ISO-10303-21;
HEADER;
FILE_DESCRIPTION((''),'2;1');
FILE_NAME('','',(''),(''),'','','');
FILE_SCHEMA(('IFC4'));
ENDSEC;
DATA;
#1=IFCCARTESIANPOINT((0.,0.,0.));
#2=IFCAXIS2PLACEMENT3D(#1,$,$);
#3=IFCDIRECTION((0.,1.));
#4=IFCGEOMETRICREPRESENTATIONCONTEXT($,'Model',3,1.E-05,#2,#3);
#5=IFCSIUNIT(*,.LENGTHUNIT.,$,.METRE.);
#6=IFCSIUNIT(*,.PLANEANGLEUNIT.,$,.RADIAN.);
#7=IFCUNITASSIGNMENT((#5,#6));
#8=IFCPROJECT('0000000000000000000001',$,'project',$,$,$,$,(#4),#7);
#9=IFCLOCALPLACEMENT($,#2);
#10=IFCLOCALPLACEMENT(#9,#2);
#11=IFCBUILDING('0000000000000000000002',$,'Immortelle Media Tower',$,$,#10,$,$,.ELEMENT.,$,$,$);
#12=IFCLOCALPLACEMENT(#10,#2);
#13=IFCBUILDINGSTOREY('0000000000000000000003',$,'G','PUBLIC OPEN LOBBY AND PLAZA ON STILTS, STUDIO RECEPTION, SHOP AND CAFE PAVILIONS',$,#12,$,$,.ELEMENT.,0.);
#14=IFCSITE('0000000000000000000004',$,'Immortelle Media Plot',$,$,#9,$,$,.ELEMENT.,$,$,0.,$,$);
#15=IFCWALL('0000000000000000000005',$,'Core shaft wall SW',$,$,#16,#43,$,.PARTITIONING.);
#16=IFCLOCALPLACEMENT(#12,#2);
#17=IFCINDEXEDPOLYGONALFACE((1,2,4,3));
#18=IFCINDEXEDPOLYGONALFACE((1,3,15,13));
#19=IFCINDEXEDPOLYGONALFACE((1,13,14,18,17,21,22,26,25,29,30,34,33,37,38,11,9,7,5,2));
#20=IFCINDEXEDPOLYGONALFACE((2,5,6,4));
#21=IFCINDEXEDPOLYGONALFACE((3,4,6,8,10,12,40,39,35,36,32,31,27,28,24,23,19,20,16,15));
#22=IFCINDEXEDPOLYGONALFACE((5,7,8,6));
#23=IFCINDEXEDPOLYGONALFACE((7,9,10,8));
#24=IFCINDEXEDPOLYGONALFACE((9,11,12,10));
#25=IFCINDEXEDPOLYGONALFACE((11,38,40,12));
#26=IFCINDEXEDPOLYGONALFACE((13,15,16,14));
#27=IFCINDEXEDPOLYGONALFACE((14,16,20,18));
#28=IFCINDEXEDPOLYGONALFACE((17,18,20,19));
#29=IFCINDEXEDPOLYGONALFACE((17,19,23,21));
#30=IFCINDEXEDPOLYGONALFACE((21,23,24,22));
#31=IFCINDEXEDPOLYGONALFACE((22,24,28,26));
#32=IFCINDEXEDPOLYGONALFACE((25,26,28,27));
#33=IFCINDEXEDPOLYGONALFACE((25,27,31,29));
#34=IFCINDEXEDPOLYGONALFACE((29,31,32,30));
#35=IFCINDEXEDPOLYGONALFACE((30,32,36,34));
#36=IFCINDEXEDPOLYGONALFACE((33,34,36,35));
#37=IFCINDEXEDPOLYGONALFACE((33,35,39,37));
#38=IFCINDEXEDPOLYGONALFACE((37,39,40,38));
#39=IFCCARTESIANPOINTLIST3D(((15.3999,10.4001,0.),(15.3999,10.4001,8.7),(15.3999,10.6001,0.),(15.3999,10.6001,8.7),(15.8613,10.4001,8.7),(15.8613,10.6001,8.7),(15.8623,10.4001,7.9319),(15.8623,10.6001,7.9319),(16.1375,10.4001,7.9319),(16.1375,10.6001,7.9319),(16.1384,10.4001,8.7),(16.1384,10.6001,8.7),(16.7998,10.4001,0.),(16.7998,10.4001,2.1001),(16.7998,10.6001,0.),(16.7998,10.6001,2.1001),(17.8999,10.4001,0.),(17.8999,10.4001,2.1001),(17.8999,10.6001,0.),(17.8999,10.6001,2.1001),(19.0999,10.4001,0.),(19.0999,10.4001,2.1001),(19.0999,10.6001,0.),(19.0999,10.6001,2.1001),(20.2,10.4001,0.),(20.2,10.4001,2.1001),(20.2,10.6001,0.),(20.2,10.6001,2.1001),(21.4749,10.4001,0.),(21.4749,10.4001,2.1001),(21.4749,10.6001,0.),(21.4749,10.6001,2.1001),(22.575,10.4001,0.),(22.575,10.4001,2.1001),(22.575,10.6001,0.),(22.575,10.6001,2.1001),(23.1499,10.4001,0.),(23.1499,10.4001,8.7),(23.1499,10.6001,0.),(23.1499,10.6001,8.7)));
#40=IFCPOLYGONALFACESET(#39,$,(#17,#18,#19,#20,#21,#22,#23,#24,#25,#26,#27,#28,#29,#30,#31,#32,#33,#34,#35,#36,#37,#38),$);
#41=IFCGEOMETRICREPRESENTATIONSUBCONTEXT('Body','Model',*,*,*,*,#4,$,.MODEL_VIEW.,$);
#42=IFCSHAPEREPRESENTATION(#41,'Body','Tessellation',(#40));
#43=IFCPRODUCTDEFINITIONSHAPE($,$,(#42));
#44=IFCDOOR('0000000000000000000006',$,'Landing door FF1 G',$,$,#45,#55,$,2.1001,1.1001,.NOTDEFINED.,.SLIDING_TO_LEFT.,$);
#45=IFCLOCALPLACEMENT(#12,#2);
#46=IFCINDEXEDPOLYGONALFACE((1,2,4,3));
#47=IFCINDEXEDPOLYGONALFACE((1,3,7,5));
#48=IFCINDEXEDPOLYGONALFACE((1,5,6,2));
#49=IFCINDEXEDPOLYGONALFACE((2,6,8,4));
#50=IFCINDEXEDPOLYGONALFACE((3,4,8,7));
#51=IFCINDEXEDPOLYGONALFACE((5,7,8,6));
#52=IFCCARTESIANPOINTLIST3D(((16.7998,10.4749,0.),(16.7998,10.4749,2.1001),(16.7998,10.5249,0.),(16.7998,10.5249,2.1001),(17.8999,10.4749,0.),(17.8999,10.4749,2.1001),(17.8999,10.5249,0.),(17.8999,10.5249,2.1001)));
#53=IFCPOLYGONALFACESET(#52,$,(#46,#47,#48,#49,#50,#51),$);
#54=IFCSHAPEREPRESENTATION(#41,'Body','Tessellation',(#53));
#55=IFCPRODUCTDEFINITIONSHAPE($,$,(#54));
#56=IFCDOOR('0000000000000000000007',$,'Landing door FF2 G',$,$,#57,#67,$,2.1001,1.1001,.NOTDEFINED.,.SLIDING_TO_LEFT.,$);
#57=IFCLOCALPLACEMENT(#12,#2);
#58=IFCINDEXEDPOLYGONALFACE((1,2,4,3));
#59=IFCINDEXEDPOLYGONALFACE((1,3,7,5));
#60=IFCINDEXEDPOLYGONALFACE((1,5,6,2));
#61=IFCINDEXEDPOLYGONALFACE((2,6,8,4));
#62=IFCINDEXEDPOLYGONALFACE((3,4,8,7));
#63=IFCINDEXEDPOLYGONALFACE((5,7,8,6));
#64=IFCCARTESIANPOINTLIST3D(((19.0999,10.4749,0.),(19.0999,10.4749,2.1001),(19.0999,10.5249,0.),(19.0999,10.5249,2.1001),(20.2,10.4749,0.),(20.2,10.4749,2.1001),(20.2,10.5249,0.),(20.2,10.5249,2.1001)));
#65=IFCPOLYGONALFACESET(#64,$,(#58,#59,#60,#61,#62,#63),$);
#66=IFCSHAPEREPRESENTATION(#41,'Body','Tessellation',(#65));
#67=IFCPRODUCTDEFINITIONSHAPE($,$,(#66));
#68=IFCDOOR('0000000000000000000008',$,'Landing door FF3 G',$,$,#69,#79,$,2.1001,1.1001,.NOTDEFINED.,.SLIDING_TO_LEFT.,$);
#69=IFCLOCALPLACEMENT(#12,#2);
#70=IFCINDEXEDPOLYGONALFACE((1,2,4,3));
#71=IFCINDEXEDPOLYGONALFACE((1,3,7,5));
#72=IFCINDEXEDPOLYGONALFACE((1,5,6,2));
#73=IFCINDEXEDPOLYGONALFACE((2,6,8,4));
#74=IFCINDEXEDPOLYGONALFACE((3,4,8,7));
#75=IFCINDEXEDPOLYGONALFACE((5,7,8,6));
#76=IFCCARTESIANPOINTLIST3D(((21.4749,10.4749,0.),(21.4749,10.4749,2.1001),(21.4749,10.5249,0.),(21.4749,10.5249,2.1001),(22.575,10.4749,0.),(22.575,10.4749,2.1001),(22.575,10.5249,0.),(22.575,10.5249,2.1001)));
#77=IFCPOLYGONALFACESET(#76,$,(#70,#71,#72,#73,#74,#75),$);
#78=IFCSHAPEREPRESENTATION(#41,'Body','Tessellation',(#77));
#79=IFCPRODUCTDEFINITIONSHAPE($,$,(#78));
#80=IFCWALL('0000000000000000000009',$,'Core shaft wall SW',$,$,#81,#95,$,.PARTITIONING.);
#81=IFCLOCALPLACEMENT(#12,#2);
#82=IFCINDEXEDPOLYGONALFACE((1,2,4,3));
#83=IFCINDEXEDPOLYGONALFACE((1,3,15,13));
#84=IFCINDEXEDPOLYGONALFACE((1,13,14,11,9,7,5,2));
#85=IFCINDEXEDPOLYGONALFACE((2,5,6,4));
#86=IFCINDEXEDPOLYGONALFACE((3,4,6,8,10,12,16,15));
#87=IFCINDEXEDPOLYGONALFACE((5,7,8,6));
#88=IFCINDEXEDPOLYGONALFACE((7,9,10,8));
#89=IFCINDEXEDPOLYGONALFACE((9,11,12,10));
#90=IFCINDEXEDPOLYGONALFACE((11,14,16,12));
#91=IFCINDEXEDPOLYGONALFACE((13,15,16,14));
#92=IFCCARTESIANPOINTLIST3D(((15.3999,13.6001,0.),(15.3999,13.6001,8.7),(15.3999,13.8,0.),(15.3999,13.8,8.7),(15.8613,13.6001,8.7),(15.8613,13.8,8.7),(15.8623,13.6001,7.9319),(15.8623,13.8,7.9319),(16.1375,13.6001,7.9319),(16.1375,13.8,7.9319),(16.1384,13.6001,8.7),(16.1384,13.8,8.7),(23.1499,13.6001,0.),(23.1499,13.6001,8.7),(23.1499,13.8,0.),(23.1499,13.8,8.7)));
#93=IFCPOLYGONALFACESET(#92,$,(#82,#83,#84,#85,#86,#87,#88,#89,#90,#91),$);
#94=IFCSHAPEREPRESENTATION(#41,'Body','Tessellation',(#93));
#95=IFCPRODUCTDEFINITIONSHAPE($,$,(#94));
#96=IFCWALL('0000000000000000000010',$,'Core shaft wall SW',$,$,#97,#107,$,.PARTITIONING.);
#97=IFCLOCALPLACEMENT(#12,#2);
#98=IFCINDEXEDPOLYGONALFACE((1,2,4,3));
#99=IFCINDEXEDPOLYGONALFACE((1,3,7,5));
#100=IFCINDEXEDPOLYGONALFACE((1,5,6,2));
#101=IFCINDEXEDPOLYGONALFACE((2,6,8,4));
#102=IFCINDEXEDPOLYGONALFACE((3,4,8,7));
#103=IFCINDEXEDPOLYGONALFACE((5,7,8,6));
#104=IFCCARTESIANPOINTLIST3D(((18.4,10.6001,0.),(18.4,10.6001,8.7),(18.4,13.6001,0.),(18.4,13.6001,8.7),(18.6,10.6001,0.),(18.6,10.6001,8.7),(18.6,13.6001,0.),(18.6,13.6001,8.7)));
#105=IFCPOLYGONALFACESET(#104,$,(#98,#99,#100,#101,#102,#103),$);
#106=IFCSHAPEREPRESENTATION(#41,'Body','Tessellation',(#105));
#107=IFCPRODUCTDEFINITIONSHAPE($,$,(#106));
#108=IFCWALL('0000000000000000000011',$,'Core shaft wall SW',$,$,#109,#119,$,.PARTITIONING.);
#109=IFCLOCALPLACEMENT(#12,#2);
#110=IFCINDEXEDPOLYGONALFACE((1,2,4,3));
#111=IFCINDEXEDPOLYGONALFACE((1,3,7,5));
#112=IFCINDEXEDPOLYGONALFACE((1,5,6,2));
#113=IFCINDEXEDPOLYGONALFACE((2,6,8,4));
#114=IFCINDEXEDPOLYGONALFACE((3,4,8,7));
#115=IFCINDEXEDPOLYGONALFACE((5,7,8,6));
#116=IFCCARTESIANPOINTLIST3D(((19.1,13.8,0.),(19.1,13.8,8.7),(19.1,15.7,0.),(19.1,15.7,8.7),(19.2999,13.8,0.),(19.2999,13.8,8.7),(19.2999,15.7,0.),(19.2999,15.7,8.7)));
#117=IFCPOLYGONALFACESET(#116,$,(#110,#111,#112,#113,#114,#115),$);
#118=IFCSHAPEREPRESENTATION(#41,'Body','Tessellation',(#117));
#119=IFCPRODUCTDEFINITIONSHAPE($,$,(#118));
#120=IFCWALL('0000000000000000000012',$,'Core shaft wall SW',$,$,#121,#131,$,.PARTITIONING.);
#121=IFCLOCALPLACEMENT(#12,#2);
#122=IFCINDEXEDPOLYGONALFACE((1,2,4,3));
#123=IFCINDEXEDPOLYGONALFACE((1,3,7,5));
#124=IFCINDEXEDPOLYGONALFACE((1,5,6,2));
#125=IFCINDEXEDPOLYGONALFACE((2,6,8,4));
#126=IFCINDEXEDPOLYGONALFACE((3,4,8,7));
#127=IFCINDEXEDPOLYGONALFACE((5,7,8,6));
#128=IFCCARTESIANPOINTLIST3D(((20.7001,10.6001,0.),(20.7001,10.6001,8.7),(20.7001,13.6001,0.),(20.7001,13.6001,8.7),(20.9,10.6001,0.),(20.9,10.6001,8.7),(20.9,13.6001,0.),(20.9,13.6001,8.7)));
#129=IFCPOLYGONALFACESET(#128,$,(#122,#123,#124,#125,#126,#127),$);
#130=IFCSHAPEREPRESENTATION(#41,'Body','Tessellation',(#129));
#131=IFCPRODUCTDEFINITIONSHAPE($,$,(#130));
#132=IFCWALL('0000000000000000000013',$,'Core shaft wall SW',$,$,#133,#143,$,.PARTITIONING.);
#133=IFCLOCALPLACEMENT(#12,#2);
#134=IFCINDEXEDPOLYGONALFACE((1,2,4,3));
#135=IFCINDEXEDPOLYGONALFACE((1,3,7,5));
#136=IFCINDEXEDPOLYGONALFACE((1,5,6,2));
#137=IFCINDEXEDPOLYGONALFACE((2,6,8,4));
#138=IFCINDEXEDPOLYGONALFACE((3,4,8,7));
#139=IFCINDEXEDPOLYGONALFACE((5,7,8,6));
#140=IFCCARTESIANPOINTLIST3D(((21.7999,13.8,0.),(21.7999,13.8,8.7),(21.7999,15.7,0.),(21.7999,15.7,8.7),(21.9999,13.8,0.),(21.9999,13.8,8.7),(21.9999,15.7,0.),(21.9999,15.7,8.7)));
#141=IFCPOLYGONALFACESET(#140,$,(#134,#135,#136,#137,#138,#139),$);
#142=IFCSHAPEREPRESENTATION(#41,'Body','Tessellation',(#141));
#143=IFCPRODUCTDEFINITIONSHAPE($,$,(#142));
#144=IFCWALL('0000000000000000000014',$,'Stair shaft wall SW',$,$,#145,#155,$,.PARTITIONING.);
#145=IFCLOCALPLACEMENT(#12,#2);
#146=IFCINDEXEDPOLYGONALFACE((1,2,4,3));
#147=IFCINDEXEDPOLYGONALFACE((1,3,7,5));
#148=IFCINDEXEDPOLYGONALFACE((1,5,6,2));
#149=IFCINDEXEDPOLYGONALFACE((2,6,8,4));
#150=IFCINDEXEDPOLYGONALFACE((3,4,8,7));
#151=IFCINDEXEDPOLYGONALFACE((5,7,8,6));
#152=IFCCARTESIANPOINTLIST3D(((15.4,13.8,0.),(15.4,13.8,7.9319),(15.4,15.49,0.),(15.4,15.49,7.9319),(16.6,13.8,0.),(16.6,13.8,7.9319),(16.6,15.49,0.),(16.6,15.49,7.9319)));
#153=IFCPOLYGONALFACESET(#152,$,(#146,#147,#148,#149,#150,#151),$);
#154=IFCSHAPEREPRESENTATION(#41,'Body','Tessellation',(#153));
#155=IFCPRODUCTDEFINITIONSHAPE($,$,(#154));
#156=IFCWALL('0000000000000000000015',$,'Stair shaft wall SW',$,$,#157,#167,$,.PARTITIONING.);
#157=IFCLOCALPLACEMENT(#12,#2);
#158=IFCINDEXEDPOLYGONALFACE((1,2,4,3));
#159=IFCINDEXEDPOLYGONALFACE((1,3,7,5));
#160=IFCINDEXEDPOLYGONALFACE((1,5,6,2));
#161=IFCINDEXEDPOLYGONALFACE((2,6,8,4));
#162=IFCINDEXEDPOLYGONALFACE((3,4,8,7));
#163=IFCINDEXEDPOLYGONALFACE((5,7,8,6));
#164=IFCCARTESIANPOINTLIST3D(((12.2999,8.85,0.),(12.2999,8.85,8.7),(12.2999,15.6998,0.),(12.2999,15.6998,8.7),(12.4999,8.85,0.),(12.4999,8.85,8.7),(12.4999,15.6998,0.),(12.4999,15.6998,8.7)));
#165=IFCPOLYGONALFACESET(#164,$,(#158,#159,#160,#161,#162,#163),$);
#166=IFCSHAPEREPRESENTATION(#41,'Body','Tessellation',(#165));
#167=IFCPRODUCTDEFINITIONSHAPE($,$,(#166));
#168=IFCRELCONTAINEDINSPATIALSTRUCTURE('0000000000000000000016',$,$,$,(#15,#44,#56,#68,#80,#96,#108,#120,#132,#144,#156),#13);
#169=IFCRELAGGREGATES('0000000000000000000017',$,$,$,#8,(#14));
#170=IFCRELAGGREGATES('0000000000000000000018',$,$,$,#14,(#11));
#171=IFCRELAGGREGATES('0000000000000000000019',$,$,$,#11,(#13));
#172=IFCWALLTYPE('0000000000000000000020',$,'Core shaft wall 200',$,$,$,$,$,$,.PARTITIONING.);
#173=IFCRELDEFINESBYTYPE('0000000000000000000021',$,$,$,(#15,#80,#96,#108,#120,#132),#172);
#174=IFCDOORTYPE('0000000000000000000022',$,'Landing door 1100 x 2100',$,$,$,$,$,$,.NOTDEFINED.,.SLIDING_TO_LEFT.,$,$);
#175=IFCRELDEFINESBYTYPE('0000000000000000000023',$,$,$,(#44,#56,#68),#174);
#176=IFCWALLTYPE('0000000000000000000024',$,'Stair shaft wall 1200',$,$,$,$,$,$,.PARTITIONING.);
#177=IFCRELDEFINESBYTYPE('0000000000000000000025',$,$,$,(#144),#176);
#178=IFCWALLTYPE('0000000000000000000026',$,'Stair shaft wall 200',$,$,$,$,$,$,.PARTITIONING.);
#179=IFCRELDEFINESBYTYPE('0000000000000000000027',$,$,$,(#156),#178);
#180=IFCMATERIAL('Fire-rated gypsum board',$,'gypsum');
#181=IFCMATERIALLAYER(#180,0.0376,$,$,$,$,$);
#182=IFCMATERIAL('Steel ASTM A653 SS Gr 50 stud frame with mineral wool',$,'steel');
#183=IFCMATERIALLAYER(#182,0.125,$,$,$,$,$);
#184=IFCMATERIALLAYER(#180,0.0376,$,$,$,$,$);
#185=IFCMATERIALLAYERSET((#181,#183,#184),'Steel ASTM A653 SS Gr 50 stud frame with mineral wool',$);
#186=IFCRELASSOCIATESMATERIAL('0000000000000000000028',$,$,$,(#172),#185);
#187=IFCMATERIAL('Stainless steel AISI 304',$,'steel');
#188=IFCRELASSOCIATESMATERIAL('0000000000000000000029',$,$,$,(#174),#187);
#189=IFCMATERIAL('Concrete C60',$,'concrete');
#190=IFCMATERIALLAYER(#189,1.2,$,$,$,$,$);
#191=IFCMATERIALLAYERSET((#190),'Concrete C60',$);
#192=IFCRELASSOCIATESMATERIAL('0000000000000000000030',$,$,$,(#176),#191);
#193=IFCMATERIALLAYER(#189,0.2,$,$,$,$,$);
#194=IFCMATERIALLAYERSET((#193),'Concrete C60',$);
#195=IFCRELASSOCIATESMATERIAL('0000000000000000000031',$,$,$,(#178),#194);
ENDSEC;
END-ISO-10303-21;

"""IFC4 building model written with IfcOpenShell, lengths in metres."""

from ifc_helpers import new_model, si_unit, direction, frame, frame_2d, origin, place, context, subcontext, project, spatial, polyline, rectangle, outline, extrude, material, layer, layer_set, type_object, element, fill, save


model = new_model("IFC4")

# Units and contexts
model_context = context("Model", 3, precision=1e-05, world=origin(), true_north=direction((0.0, 1.0)))
body_context = subcontext(model_context, "Body", "Model", "MODEL_VIEW")
ifc_project = project(units=[si_unit("LENGTHUNIT", "METRE"), si_unit("PLANEANGLEUNIT", "RADIAN")], contexts=[model_context])

# Site, building, storey
site_placement = place(None, origin())
site = spatial("IfcSite", under=ifc_project, at=site_placement, Name="Immortelle Media Plot", CompositionType="ELEMENT", RefElevation=0.0)
building_placement = place(site_placement, origin())
building = spatial("IfcBuilding", under=site, at=building_placement, Name="Immortelle Media Tower", CompositionType="ELEMENT")
storey_placement = place(building_placement, origin())
storey = spatial("IfcBuildingStorey", under=building, at=storey_placement, Name="G", Description="PUBLIC OPEN LOBBY AND PLAZA ON STILTS, STUDIO RECEPTION, SHOP AND CAFE PAVILIONS", CompositionType="ELEMENT", Elevation=0.0)

# Wall, openings, doors
ifc_material_1 = material(Name="Fire-rated gypsum board", Category="gypsum")
ifc_layer_1 = layer(ifc_material_1, 0.0376)
ifc_material_2 = material(Name="Steel ASTM A653 SS Gr 50 stud frame with mineral wool", Category="steel")
ifc_layer_2 = layer(ifc_material_2, 0.125)
ifc_layer_3 = layer(ifc_material_1, 0.0376)
ifc_layer_set_1 = layer_set([ifc_layer_1, ifc_layer_2, ifc_layer_3], Name="Steel ASTM A653 SS Gr 50 stud frame with mineral wool")
wall_type_1 = type_object("IfcWallType", Name="Core shaft wall 200", PredefinedType="PARTITIONING", material=ifc_layer_set_1)
wall_1_placement = place(storey_placement, frame((15.3999, 10.5, 0.0), z_axis=(0.0, 0.0, 1.0), x_axis=(1.0, 0.0, 0.0)))
wall_1 = element("IfcWall", 1, at=wall_1_placement, inside=storey, type_object=wall_type_1, Name="Core shaft wall SW", PredefinedType="PARTITIONING", context=body_context, shape_type="SweptSolid", body=[
    extrude(outline(polyline([(0.0, 0.0), (7.75, 0.0), (7.75, 8.7), (0.7385, 8.7), (0.7375, 7.9319), (0.4624, 7.9319), (0.4614, 8.7), (0.0, 8.7), (0.0, 0.0)])), frame((0.0, 0.1001, 0.0), z_axis=(0.0, -1.0, 0.0), x_axis=(1.0, 0.0, 0.0)), (0.0, 0.0, 1.0), 0.2),
])
opening_1_placement = place(wall_1_placement, frame((1.3999, 0.0, 0.0)))
opening_1 = element("IfcOpeningElement", 2, at=opening_1_placement, cuts=wall_1, PredefinedType="OPENING", context=body_context, shape_type="SweptSolid", body=[
    extrude(rectangle(XDim=1.1001, YDim=2.1001, at=frame_2d((0.55, 1.05))), frame((0.0, 0.1099, 0.0), z_axis=(0.0, -1.0, 0.0), x_axis=(1.0, 0.0, 0.0)), (0.0, 0.0, 1.0), 0.22),
])
opening_2_placement = place(wall_1_placement, frame((3.7, 0.0, 0.0)))
opening_2 = element("IfcOpeningElement", 3, at=opening_2_placement, cuts=wall_1, PredefinedType="OPENING", context=body_context, shape_type="SweptSolid", body=[
    extrude(rectangle(XDim=1.1001, YDim=2.1001, at=frame_2d((0.55, 1.05))), frame((0.0, 0.1099, 0.0), z_axis=(0.0, -1.0, 0.0), x_axis=(1.0, 0.0, 0.0)), (0.0, 0.0, 1.0), 0.22),
])
opening_3_placement = place(wall_1_placement, frame((6.075, 0.0, 0.0)))
opening_3 = element("IfcOpeningElement", 4, at=opening_3_placement, cuts=wall_1, PredefinedType="OPENING", context=body_context, shape_type="SweptSolid", body=[
    extrude(rectangle(XDim=1.1001, YDim=2.1001, at=frame_2d((0.55, 1.05))), frame((0.0, 0.1099, 0.0), z_axis=(0.0, -1.0, 0.0), x_axis=(1.0, 0.0, 0.0)), (0.0, 0.0, 1.0), 0.22),
])
ifc_material_3 = material(Name="Stainless steel AISI 304", Category="steel")
door_type_1 = type_object("IfcDoorType", Name="Landing door 1100 x 2100", OperationType="SLIDING_TO_LEFT", PredefinedType="NOTDEFINED", material=ifc_material_3)
door_1_placement = place(opening_1_placement, origin())
door_1 = element("IfcDoor", 5, at=door_1_placement, inside=storey, type_object=door_type_1, Name="Landing door FF1 G", OperationType="SLIDING_TO_LEFT", OverallHeight=2.1001, OverallWidth=1.1001, PredefinedType="NOTDEFINED", context=body_context, shape_type="SweptSolid", body=[
    extrude(rectangle(XDim=1.1001, YDim=2.1001, at=frame_2d((0.55, 1.05))), frame((0.0, 0.0249, 0.0), z_axis=(0.0, -1.0, 0.0), x_axis=(1.0, 0.0, 0.0)), (0.0, 0.0, 1.0), 0.05),
])
fill(opening_1, door_1)
door_2_placement = place(opening_2_placement, origin())
door_2 = element("IfcDoor", 6, at=door_2_placement, inside=storey, type_object=door_type_1, Name="Landing door FF2 G", OperationType="SLIDING_TO_LEFT", OverallHeight=2.1001, OverallWidth=1.1001, PredefinedType="NOTDEFINED", context=body_context, shape_type="SweptSolid", body=[
    extrude(rectangle(XDim=1.1001, YDim=2.1001, at=frame_2d((0.55, 1.05))), frame((0.0, 0.0249, 0.0), z_axis=(0.0, -1.0, 0.0), x_axis=(1.0, 0.0, 0.0)), (0.0, 0.0, 1.0), 0.05),
])
fill(opening_2, door_2)
door_3_placement = place(opening_3_placement, origin())
door_3 = element("IfcDoor", 7, at=door_3_placement, inside=storey, type_object=door_type_1, Name="Landing door FF3 G", OperationType="SLIDING_TO_LEFT", OverallHeight=2.1001, OverallWidth=1.1001, PredefinedType="NOTDEFINED", context=body_context, shape_type="SweptSolid", body=[
    extrude(rectangle(XDim=1.1001, YDim=2.1001, at=frame_2d((0.55, 1.05))), frame((0.0, 0.0249, 0.0), z_axis=(0.0, -1.0, 0.0), x_axis=(1.0, 0.0, 0.0)), (0.0, 0.0, 1.0), 0.05),
])
fill(opening_3, door_3)

# Walls
wall_2_placement = place(storey_placement, frame((15.3999, 13.7, 0.0), z_axis=(0.0, 0.0, 1.0), x_axis=(1.0, 0.0, 0.0)))
element("IfcWall", 8, at=wall_2_placement, inside=storey, type_object=wall_type_1, Name="Core shaft wall SW", PredefinedType="PARTITIONING", context=body_context, shape_type="SweptSolid", body=[
    extrude(outline(polyline([(0.0, 0.0), (7.75, 0.0), (7.75, 8.7), (0.7385, 8.7), (0.7375, 7.9319), (0.4624, 7.9319), (0.4614, 8.7), (0.0, 8.7), (0.0, 0.0)])), frame((0.0, 0.1001, 0.0), z_axis=(0.0, -1.0, 0.0), x_axis=(1.0, 0.0, 0.0)), (0.0, 0.0, 1.0), 0.2),
])
wall_3_placement = place(storey_placement, frame((18.5, 10.6001, 0.0), z_axis=(0.0, 0.0, 1.0), x_axis=(0.0, 1.0, 0.0)))
element("IfcWall", 9, at=wall_3_placement, inside=storey, type_object=wall_type_1, Name="Core shaft wall SW", PredefinedType="PARTITIONING", context=body_context, shape_type="SweptSolid", body=[
    extrude(rectangle(XDim=3.0, YDim=0.2, at=frame_2d((1.5, 0.0))), origin(), (0.0, 0.0, 1.0), 8.7),
])
wall_4_placement = place(storey_placement, frame((19.2, 13.8, 0.0), z_axis=(0.0, 0.0, 1.0), x_axis=(0.0, 1.0, 0.0)))
element("IfcWall", 10, at=wall_4_placement, inside=storey, type_object=wall_type_1, Name="Core shaft wall SW", PredefinedType="PARTITIONING", context=body_context, shape_type="SweptSolid", body=[
    extrude(rectangle(XDim=1.8999, YDim=0.2, at=frame_2d((0.95, 0.0))), origin(), (0.0, 0.0, 1.0), 8.7),
])
wall_5_placement = place(storey_placement, frame((20.8, 10.6001, 0.0), z_axis=(0.0, 0.0, 1.0), x_axis=(0.0, 1.0, 0.0)))
element("IfcWall", 11, at=wall_5_placement, inside=storey, type_object=wall_type_1, Name="Core shaft wall SW", PredefinedType="PARTITIONING", context=body_context, shape_type="SweptSolid", body=[
    extrude(rectangle(XDim=3.0, YDim=0.2, at=frame_2d((1.5, 0.0))), origin(), (0.0, 0.0, 1.0), 8.7),
])
wall_6_placement = place(storey_placement, frame((21.8999, 13.8, 0.0), z_axis=(0.0, 0.0, 1.0), x_axis=(0.0, 1.0, 0.0)))
element("IfcWall", 12, at=wall_6_placement, inside=storey, type_object=wall_type_1, Name="Core shaft wall SW", PredefinedType="PARTITIONING", context=body_context, shape_type="SweptSolid", body=[
    extrude(rectangle(XDim=1.8999, YDim=0.2, at=frame_2d((0.95, 0.0))), origin(), (0.0, 0.0, 1.0), 8.7),
])
ifc_material_4 = material(Name="Concrete C60", Category="concrete")
ifc_layer_4 = layer(ifc_material_4, 1.2)
ifc_layer_set_2 = layer_set([ifc_layer_4], Name="Concrete C60")
wall_type_2 = type_object("IfcWallType", Name="Stair shaft wall 1200", PredefinedType="PARTITIONING", material=ifc_layer_set_2)
wall_7_placement = place(storey_placement, frame((16.0, 13.8, 0.0), z_axis=(0.0, 0.0, 1.0), x_axis=(0.0, 1.0, 0.0)))
element("IfcWall", 13, at=wall_7_placement, inside=storey, type_object=wall_type_2, Name="Stair shaft wall SW", PredefinedType="PARTITIONING", context=body_context, shape_type="SweptSolid", body=[
    extrude(rectangle(XDim=1.6899, YDim=1.2, at=frame_2d((0.845, 0.0))), origin(), (0.0, 0.0, 1.0), 7.9319),
])
ifc_layer_5 = layer(ifc_material_4, 0.2)
ifc_layer_set_3 = layer_set([ifc_layer_5], Name="Concrete C60")
wall_type_3 = type_object("IfcWallType", Name="Stair shaft wall 200", PredefinedType="PARTITIONING", material=ifc_layer_set_3)
wall_8_placement = place(storey_placement, frame((12.3999, 8.8501, 0.0), z_axis=(0.0, 0.0, 1.0), x_axis=(0.0, 1.0, 0.0)))
element("IfcWall", 14, at=wall_8_placement, inside=storey, type_object=wall_type_3, Name="Stair shaft wall SW", PredefinedType="PARTITIONING", context=body_context, shape_type="SweptSolid", body=[
    extrude(rectangle(XDim=6.8499, YDim=0.2, at=frame_2d((3.4248, 0.0))), origin(), (0.0, 0.0, 1.0), 8.7),
])

save(model, "model.ifc")
